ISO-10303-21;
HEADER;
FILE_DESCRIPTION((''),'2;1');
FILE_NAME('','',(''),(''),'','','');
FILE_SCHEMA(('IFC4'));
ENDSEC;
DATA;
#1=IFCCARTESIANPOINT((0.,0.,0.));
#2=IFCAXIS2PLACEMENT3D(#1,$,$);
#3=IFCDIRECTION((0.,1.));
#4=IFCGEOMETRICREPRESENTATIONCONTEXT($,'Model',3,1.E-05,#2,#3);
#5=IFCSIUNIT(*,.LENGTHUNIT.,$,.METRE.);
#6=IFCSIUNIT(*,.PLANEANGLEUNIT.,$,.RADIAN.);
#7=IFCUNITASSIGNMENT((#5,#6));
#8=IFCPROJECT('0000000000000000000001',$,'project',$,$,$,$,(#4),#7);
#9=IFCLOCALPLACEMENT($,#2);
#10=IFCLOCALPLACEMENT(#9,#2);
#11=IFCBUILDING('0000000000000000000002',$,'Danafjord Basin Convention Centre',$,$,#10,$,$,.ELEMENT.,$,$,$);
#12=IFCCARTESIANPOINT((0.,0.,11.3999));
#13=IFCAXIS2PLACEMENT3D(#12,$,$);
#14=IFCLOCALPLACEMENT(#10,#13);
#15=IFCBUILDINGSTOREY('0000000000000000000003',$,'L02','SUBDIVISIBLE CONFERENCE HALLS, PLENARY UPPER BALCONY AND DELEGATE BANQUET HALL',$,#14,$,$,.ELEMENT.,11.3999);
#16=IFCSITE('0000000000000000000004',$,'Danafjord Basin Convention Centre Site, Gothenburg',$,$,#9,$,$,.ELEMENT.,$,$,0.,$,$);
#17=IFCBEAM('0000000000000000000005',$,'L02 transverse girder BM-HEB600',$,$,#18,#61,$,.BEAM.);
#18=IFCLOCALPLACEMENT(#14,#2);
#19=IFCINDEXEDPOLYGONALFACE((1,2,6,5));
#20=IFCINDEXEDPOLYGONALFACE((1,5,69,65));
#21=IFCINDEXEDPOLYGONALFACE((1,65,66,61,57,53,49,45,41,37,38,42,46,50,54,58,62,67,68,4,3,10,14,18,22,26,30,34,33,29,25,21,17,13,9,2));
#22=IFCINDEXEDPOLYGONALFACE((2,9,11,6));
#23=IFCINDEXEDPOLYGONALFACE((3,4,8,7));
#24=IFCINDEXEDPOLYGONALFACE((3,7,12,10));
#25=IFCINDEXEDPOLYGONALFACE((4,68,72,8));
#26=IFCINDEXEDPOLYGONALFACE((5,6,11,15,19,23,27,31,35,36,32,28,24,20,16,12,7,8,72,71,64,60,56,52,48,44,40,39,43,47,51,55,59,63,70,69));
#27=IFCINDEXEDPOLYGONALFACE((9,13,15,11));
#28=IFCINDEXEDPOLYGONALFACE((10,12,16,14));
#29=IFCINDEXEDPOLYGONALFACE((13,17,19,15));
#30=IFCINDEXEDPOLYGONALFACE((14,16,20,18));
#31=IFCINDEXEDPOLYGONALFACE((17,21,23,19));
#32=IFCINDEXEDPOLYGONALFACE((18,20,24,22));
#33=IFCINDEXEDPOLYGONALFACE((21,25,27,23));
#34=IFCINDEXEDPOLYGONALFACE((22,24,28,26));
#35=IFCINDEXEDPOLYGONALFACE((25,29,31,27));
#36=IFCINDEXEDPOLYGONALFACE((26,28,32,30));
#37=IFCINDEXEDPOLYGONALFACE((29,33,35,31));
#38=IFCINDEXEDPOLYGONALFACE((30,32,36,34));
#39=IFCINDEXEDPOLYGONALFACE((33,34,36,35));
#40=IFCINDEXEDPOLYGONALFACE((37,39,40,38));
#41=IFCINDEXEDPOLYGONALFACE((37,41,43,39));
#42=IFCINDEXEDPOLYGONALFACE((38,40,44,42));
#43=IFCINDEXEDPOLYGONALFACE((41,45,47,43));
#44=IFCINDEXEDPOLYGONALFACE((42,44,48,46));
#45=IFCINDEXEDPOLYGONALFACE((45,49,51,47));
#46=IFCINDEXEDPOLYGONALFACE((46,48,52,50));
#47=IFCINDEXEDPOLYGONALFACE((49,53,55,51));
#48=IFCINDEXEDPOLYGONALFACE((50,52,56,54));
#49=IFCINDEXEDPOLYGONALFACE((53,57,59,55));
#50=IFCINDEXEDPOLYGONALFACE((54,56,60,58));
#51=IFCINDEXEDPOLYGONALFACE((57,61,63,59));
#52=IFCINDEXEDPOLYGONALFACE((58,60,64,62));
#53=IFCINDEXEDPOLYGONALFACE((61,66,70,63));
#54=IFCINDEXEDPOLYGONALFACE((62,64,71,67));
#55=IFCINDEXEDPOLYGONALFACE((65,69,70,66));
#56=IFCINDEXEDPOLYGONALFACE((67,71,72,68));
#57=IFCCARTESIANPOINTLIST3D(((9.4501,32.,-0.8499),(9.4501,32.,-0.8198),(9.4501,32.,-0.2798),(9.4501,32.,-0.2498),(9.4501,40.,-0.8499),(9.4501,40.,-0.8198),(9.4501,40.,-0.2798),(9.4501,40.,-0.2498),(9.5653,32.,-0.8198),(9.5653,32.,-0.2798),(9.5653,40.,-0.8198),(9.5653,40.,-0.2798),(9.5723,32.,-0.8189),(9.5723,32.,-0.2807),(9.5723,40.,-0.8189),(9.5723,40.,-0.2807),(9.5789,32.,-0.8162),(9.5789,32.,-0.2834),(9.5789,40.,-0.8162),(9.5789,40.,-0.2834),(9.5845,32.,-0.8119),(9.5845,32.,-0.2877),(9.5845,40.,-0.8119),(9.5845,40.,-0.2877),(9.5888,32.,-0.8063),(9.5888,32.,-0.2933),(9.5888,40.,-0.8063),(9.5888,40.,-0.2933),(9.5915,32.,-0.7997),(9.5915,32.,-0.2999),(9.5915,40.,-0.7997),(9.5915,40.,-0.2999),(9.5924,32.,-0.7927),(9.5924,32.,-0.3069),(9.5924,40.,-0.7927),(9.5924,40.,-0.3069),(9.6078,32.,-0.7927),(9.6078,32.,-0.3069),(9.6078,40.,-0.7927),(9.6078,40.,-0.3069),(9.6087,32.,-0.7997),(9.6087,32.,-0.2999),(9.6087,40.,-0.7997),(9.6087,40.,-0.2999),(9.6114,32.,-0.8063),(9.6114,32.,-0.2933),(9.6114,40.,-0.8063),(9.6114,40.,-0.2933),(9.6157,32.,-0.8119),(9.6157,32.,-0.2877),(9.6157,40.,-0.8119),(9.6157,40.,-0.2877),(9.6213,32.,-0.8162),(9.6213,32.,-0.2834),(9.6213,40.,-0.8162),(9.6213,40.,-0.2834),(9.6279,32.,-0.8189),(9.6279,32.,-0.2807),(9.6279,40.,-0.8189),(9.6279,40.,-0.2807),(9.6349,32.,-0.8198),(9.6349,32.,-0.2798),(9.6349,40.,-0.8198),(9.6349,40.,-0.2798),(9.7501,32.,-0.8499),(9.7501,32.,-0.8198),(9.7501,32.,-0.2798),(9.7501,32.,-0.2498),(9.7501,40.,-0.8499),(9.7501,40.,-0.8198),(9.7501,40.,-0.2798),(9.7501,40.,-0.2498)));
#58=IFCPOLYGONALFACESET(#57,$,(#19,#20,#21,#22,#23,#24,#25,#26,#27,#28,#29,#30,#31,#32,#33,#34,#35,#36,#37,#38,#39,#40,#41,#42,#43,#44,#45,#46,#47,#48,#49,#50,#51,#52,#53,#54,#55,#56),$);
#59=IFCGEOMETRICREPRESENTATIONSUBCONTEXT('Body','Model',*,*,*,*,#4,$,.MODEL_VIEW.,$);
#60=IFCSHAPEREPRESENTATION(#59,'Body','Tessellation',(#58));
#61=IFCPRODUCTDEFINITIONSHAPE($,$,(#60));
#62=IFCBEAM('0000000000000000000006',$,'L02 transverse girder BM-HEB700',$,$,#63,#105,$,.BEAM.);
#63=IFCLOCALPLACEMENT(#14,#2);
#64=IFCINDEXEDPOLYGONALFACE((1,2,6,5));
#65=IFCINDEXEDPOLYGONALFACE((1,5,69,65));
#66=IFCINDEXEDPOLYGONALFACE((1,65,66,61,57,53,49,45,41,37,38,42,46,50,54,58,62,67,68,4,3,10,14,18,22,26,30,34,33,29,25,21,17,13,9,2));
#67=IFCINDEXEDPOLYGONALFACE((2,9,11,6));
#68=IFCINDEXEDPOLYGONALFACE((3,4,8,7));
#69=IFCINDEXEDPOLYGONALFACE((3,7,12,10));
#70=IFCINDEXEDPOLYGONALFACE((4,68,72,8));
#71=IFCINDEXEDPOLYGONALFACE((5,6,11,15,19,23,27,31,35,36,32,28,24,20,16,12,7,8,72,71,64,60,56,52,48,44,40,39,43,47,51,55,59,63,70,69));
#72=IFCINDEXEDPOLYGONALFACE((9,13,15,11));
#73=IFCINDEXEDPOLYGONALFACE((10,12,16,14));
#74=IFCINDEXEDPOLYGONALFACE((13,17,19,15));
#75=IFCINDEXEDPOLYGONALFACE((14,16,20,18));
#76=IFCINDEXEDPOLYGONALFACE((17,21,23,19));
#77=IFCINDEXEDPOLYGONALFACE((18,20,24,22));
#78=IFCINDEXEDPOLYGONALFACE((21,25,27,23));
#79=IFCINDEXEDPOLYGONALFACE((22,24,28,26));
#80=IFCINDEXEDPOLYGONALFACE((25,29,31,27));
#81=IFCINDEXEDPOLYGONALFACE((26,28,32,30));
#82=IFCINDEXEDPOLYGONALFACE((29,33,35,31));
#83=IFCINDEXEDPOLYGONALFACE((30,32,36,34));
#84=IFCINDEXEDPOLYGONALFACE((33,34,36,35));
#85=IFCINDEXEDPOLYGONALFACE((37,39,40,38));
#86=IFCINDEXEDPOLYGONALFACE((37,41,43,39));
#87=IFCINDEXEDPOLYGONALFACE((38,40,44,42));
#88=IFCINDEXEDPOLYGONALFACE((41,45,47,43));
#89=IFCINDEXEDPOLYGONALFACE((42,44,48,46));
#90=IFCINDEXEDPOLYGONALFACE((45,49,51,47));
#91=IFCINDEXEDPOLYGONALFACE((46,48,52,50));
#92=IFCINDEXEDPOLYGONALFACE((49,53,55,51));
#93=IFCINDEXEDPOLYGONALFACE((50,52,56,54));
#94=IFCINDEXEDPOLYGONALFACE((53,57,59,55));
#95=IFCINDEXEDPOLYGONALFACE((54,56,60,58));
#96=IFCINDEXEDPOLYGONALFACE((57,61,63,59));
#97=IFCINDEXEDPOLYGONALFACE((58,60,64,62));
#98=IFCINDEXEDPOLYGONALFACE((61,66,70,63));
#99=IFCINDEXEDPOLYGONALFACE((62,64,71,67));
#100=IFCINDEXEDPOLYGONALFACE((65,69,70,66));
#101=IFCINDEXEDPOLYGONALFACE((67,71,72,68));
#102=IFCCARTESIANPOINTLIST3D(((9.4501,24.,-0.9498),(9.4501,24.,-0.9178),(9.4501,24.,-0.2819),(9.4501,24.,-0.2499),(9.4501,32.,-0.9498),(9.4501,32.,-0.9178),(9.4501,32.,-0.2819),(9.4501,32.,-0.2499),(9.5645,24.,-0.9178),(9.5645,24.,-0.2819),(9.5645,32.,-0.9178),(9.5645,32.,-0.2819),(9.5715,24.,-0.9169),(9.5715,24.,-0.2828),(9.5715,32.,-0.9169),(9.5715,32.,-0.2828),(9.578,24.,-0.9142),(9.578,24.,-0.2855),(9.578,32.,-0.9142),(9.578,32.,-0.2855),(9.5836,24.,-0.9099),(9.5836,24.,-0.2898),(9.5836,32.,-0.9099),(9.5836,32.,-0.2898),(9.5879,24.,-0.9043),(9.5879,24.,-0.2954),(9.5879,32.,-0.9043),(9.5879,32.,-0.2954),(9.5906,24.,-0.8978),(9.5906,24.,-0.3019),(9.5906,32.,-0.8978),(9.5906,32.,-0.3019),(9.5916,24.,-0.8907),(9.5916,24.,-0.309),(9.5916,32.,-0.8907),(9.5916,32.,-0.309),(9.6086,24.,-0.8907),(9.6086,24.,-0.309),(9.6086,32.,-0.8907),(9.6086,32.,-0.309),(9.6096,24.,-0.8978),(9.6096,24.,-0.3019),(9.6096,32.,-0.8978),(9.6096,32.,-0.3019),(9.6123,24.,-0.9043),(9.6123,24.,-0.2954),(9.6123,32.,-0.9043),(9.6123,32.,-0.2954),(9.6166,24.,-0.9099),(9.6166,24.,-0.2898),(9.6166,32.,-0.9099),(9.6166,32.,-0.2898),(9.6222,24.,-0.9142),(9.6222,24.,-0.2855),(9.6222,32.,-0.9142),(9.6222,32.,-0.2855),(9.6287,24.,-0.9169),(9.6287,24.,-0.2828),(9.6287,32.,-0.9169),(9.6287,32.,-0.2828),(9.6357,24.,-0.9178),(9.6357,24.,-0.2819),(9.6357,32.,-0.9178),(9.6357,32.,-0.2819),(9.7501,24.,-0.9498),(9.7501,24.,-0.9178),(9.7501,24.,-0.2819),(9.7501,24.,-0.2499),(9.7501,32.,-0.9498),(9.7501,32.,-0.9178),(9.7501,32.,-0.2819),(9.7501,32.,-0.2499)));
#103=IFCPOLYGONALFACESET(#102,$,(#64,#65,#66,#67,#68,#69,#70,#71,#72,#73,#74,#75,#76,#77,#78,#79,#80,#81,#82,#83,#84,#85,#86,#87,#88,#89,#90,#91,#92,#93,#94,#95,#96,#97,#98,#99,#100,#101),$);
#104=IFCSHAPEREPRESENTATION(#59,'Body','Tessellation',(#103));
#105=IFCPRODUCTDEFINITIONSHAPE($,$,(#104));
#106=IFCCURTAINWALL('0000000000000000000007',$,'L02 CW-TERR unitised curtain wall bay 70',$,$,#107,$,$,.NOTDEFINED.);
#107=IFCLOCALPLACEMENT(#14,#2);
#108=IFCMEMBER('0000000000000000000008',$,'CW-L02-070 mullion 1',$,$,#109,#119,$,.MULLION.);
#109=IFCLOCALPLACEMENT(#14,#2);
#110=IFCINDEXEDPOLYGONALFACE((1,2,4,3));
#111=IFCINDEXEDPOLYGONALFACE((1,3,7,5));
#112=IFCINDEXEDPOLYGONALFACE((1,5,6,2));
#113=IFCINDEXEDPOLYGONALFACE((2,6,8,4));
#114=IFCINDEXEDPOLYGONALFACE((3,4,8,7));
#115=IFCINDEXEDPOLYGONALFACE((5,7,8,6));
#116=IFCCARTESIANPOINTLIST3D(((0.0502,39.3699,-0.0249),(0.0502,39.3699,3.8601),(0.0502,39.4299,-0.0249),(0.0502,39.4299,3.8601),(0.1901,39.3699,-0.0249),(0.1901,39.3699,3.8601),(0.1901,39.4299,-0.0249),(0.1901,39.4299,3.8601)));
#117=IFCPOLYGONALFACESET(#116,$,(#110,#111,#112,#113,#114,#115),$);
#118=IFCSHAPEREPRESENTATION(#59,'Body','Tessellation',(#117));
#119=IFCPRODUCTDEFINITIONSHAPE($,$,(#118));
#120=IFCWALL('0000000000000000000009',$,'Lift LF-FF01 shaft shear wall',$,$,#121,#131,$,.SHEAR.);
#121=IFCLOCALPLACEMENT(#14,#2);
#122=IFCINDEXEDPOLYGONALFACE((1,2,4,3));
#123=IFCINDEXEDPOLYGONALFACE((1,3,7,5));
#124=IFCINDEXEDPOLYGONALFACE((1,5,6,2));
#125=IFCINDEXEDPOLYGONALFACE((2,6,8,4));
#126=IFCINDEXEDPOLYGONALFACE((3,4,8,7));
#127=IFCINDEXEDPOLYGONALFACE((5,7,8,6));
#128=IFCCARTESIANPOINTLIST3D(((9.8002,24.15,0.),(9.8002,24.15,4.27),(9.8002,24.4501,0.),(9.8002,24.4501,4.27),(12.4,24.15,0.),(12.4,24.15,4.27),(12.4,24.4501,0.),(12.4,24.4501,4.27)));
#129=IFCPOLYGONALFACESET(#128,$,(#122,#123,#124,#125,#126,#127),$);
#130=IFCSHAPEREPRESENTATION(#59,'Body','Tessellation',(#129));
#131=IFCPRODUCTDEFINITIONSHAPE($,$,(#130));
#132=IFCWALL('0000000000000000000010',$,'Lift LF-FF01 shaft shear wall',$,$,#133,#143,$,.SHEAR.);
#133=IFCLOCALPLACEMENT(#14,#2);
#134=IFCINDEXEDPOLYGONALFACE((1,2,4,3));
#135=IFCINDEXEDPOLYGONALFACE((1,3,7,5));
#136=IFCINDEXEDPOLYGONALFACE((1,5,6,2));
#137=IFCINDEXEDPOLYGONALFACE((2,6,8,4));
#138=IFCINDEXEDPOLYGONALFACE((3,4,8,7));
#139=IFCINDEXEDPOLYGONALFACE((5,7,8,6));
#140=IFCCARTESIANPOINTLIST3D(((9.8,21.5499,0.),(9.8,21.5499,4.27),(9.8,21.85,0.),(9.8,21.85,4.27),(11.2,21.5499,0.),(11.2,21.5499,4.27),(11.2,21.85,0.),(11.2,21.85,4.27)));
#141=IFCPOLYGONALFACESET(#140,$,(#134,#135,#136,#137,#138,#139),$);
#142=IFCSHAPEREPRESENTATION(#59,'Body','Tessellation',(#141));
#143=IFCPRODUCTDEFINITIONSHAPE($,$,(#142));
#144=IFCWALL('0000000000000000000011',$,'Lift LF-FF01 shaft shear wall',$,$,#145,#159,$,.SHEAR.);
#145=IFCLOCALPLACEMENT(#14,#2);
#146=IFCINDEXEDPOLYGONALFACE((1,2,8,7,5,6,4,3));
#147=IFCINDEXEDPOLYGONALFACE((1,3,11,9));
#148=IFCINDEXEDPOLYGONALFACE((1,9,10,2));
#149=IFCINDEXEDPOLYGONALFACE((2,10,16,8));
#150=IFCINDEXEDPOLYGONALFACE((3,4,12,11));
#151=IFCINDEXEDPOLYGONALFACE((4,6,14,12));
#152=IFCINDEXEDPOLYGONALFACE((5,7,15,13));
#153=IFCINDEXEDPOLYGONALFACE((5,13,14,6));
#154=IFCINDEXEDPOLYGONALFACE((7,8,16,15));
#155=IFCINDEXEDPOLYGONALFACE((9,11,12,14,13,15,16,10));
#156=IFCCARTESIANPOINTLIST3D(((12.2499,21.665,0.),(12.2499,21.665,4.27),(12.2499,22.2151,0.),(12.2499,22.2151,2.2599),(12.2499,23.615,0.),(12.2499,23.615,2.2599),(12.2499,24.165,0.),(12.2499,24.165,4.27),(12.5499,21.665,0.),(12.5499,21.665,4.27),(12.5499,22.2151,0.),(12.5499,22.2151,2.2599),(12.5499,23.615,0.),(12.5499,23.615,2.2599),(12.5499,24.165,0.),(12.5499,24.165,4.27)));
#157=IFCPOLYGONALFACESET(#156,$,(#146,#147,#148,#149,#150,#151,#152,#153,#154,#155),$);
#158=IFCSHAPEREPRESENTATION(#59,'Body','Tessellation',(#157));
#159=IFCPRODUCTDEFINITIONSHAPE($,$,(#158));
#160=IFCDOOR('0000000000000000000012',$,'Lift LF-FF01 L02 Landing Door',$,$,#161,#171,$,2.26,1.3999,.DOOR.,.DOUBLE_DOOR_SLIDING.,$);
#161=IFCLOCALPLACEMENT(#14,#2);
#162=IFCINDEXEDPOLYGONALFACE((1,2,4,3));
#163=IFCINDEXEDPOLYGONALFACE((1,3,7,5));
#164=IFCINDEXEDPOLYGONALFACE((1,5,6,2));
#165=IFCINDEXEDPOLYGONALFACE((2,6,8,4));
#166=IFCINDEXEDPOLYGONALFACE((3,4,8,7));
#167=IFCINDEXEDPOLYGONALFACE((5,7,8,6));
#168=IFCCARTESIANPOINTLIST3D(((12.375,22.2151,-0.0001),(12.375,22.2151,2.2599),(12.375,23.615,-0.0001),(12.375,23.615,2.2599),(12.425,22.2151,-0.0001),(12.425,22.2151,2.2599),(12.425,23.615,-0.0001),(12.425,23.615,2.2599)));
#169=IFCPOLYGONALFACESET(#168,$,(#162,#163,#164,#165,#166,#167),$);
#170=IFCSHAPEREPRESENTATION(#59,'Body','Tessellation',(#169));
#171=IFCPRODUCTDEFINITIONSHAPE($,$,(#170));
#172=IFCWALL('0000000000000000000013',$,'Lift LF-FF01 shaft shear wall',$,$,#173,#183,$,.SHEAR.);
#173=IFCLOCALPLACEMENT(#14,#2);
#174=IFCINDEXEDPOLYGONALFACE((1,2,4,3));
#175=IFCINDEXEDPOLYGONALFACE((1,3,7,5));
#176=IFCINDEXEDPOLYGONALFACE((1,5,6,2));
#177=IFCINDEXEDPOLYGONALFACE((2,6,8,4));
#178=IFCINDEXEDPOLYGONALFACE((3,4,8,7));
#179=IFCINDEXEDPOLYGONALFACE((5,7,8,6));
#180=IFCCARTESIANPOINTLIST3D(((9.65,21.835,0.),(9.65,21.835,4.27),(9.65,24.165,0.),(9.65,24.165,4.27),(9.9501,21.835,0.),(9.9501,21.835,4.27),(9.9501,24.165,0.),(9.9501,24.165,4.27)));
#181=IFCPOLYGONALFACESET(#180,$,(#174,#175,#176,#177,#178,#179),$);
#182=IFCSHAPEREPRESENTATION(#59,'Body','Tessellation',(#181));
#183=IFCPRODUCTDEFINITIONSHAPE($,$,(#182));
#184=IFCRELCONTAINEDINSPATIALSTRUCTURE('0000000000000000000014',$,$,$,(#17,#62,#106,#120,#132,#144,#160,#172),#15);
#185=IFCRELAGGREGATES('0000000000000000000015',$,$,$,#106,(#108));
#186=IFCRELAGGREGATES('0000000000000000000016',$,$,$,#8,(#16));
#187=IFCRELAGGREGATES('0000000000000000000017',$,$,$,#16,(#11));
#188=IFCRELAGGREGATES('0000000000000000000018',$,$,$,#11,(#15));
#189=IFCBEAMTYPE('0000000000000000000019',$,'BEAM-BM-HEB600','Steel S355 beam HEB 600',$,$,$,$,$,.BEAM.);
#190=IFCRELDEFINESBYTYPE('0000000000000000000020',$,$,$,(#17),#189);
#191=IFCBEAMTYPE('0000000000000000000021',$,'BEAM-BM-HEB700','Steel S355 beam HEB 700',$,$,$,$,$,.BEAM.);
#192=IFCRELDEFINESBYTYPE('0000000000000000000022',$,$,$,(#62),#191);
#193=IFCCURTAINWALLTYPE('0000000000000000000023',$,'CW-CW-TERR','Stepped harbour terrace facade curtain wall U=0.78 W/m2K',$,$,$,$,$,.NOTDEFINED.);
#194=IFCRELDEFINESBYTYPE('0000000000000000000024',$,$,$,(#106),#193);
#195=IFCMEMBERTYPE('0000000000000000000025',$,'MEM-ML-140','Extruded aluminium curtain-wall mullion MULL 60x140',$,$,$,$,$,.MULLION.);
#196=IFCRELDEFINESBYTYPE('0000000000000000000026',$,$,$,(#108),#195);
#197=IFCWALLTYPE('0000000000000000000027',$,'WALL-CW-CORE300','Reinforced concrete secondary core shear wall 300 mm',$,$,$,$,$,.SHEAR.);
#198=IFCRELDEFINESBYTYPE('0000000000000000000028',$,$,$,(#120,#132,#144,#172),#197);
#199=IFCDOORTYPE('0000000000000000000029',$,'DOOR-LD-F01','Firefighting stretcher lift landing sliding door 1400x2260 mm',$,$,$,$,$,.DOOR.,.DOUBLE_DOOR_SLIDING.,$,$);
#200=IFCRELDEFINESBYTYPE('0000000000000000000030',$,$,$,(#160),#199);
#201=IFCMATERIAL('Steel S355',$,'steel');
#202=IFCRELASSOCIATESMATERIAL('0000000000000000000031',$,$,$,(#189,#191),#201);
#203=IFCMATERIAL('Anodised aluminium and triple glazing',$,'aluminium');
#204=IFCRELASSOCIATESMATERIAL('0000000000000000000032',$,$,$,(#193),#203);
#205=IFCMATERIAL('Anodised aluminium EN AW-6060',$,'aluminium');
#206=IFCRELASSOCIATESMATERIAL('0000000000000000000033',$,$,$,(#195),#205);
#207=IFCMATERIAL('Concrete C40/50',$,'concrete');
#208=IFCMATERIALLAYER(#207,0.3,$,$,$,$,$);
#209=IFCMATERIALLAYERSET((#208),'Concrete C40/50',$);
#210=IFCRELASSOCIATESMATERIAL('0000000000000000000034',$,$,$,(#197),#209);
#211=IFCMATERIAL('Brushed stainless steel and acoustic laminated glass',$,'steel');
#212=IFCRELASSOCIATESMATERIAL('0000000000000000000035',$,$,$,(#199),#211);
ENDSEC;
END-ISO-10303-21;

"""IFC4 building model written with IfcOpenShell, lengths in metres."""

from ifc_helpers import new_model, si_unit, direction, frame, frame_2d, origin, origin_2d, place, context, subcontext, project, spatial, rectangle, i_section, extrude, material, layer, layer_set, material_profile, profile_set, type_object, element, fill, aggregate, save


model = new_model("IFC4")

# Units and contexts
model_context = context("Model", 3, precision=1e-05, world=origin(), true_north=direction((0.0, 1.0)))
body_context = subcontext(model_context, "Body", "Model", "MODEL_VIEW")
ifc_project = project(units=[si_unit("LENGTHUNIT", "METRE"), si_unit("PLANEANGLEUNIT", "RADIAN")], contexts=[model_context])

# Site, building, storey
site_placement = place(None, origin())
site = spatial("IfcSite", under=ifc_project, at=site_placement, Name="Danafjord Basin Convention Centre Site, Gothenburg", CompositionType="ELEMENT", RefElevation=0.0)
building_placement = place(site_placement, origin())
building = spatial("IfcBuilding", under=site, at=building_placement, Name="Danafjord Basin Convention Centre", CompositionType="ELEMENT")
storey_placement = place(building_placement, frame((0.0, 0.0, 11.3999)))
storey = spatial("IfcBuildingStorey", under=building, at=storey_placement, Name="L02", Description="SUBDIVISIBLE CONFERENCE HALLS, PLENARY UPPER BALCONY AND DELEGATE BANQUET HALL", CompositionType="ELEMENT", Elevation=11.3999)

# Shared definitions
ifc_material_1 = material(Name="Steel S355", Category="steel")

# Beams
ifc_material_profile_1 = material_profile(ifc_material_1, i_section(OverallWidth=0.3, OverallDepth=0.6001, WebThickness=0.0154, FlangeThickness=0.03, FilletRadius=0.0271, at=origin_2d()), Name="HEB 600")
ifc_profile_set_1 = profile_set([ifc_material_profile_1], Name="Steel S355")
beam_type_1 = type_object("IfcBeamType", Name="BEAM-BM-HEB600", Description="Steel S355 beam HEB 600", PredefinedType="BEAM", material=ifc_profile_set_1)
beam_1_placement = place(storey_placement, frame((9.6001, 32.0, -0.5498), z_axis=(0.0, 1.0, 0.0), x_axis=(-1.0, 0.0, 0.0)))
element("IfcBeam", 1, at=beam_1_placement, inside=storey, type_object=beam_type_1, Name="L02 transverse girder BM-HEB600", PredefinedType="BEAM", context=body_context, shape_type="SweptSolid", body=[
    extrude(i_section(OverallWidth=0.3, OverallDepth=0.6001, WebThickness=0.0154, FlangeThickness=0.03, FilletRadius=0.0271, at=origin_2d()), origin(), (0.0, 0.0, 1.0), 8.0),
])
ifc_material_profile_2 = material_profile(ifc_material_1, i_section(OverallWidth=0.3, OverallDepth=0.7, WebThickness=0.0171, FlangeThickness=0.032, FilletRadius=0.0271, at=origin_2d()), Name="HEB 700")
ifc_profile_set_2 = profile_set([ifc_material_profile_2], Name="Steel S355")
beam_type_2 = type_object("IfcBeamType", Name="BEAM-BM-HEB700", Description="Steel S355 beam HEB 700", PredefinedType="BEAM", material=ifc_profile_set_2)
beam_2_placement = place(storey_placement, frame((9.6001, 24.0, -0.5999), z_axis=(0.0, 1.0, 0.0), x_axis=(-1.0, 0.0, 0.0)))
element("IfcBeam", 2, at=beam_2_placement, inside=storey, type_object=beam_type_2, Name="L02 transverse girder BM-HEB700", PredefinedType="BEAM", context=body_context, shape_type="SweptSolid", body=[
    extrude(i_section(OverallWidth=0.3, OverallDepth=0.7, WebThickness=0.0171, FlangeThickness=0.032, FilletRadius=0.0271, at=origin_2d()), origin(), (0.0, 0.0, 1.0), 8.0),
])

# Curtain wall, member
ifc_material_2 = material(Name="Anodised aluminium and triple glazing", Category="aluminium")
curtain_wall_type = type_object("IfcCurtainWallType", Name="CW-CW-TERR", Description="Stepped harbour terrace facade curtain wall U=0.78 W/m2K", PredefinedType="NOTDEFINED", material=ifc_material_2)
curtain_wall_placement = place(storey_placement, origin())
curtain_wall = element("IfcCurtainWall", 3, at=curtain_wall_placement, inside=storey, type_object=curtain_wall_type, Name="L02 CW-TERR unitised curtain wall bay 70", PredefinedType="NOTDEFINED")
ifc_material_3 = material(Name="Anodised aluminium EN AW-6060", Category="aluminium")
ifc_material_profile_3 = material_profile(ifc_material_3, rectangle(XDim=0.0601, YDim=0.1399, at=origin_2d()), Name="MULL 60x140")
ifc_profile_set_3 = profile_set([ifc_material_profile_3], Name="Anodised aluminium EN AW-6060")
member_type = type_object("IfcMemberType", Name="MEM-ML-140", Description="Extruded aluminium curtain-wall mullion MULL 60x140", PredefinedType="MULLION", material=ifc_profile_set_3)
member_placement = place(storey_placement, frame((0.1201, 39.3999, -0.0249), z_axis=(0.0, 0.0, 1.0), x_axis=(0.0, -1.0, 0.0)))
member = element("IfcMember", 4, at=member_placement, type_object=member_type, Name="CW-L02-070 mullion 1", PredefinedType="MULLION", context=body_context, shape_type="SweptSolid", body=[
    extrude(rectangle(XDim=0.0601, YDim=0.1399, at=origin_2d()), origin(), (0.0, 0.0, 1.0), 3.885),
])
aggregate(curtain_wall, [member])

# Walls
ifc_material_4 = material(Name="Concrete C40/50", Category="concrete")
ifc_layer_1 = layer(ifc_material_4, 0.3)
ifc_layer_set_1 = layer_set([ifc_layer_1], Name="Concrete C40/50")
wall_type_1 = type_object("IfcWallType", Name="WALL-CW-CORE300", Description="Reinforced concrete secondary core shear wall 300 mm", PredefinedType="SHEAR", material=ifc_layer_set_1)
wall_1_placement = place(storey_placement, frame((12.3999, 24.3, 0.0), z_axis=(0.0, 0.0, 1.0), x_axis=(-1.0, 0.0, 0.0)))
element("IfcWall", 5, at=wall_1_placement, inside=storey, type_object=wall_type_1, Name="Lift LF-FF01 shaft shear wall", PredefinedType="SHEAR", context=body_context, shape_type="SweptSolid", body=[
    extrude(rectangle(XDim=2.5999, YDim=0.3, at=frame_2d((1.2998, 0.0))), origin(), (0.0, 0.0, 1.0), 4.27),
])
wall_2_placement = place(storey_placement, frame((9.8, 21.7, 0.0), z_axis=(0.0, 0.0, 1.0), x_axis=(1.0, 0.0, 0.0)))
element("IfcWall", 6, at=wall_2_placement, inside=storey, type_object=wall_type_1, Name="Lift LF-FF01 shaft shear wall", PredefinedType="SHEAR", context=body_context, shape_type="SweptSolid", body=[
    extrude(rectangle(XDim=1.3999, YDim=0.3, at=frame_2d((0.7, 0.0))), origin(), (0.0, 0.0, 1.0), 4.27),
])

# Wall, opening, door
wall_3_placement = place(storey_placement, frame((12.3999, 21.665, 0.0), z_axis=(0.0, 0.0, 1.0), x_axis=(0.0, 1.0, 0.0)))
wall_3 = element("IfcWall", 7, at=wall_3_placement, inside=storey, type_object=wall_type_1, Name="Lift LF-FF01 shaft shear wall", PredefinedType="SHEAR", context=body_context, shape_type="SweptSolid", body=[
    extrude(rectangle(XDim=2.5, YDim=0.3, at=frame_2d((1.25, 0.0))), origin(), (0.0, 0.0, 1.0), 4.27),
])
opening_1_placement = place(wall_3_placement, frame((0.55, 0.0, 0.0)))
opening_1 = element("IfcOpeningElement", 8, at=opening_1_placement, cuts=wall_3, PredefinedType="OPENING", context=body_context, shape_type="SweptSolid", body=[
    extrude(rectangle(XDim=1.3999, YDim=2.26, at=frame_2d((0.7, 1.1299))), frame((0.0, 0.1599, 0.0), z_axis=(0.0, -1.0, 0.0), x_axis=(1.0, 0.0, 0.0)), (0.0, 0.0, 1.0), 0.3201),
])
ifc_material_5 = material(Name="Brushed stainless steel and acoustic laminated glass", Category="steel")
door_type_1 = type_object("IfcDoorType", Name="DOOR-LD-F01", Description="Firefighting stretcher lift landing sliding door 1400x2260 mm", OperationType="DOUBLE_DOOR_SLIDING", PredefinedType="DOOR", material=ifc_material_5)
door_1_placement = place(opening_1_placement, origin())
door_1 = element("IfcDoor", 9, at=door_1_placement, inside=storey, type_object=door_type_1, Name="Lift LF-FF01 L02 Landing Door", OperationType="DOUBLE_DOOR_SLIDING", OverallHeight=2.26, OverallWidth=1.3999, PredefinedType="DOOR", context=body_context, shape_type="SweptSolid", body=[
    extrude(rectangle(XDim=1.3999, YDim=2.26, at=frame_2d((0.7, 1.1299))), frame((0.0, 0.0249, 0.0), z_axis=(0.0, -1.0, 0.0), x_axis=(1.0, 0.0, 0.0)), (0.0, 0.0, 1.0), 0.05),
])
fill(opening_1, door_1)

# Wall
wall_4_placement = place(storey_placement, frame((9.8, 24.165, 0.0), z_axis=(0.0, 0.0, 1.0), x_axis=(0.0, -1.0, 0.0)))
element("IfcWall", 10, at=wall_4_placement, inside=storey, type_object=wall_type_1, Name="Lift LF-FF01 shaft shear wall", PredefinedType="SHEAR", context=body_context, shape_type="SweptSolid", body=[
    extrude(rectangle(XDim=2.3301, YDim=0.3, at=frame_2d((1.165, 0.0))), origin(), (0.0, 0.0, 1.0), 4.27),
])

save(model, "model.ifc")
